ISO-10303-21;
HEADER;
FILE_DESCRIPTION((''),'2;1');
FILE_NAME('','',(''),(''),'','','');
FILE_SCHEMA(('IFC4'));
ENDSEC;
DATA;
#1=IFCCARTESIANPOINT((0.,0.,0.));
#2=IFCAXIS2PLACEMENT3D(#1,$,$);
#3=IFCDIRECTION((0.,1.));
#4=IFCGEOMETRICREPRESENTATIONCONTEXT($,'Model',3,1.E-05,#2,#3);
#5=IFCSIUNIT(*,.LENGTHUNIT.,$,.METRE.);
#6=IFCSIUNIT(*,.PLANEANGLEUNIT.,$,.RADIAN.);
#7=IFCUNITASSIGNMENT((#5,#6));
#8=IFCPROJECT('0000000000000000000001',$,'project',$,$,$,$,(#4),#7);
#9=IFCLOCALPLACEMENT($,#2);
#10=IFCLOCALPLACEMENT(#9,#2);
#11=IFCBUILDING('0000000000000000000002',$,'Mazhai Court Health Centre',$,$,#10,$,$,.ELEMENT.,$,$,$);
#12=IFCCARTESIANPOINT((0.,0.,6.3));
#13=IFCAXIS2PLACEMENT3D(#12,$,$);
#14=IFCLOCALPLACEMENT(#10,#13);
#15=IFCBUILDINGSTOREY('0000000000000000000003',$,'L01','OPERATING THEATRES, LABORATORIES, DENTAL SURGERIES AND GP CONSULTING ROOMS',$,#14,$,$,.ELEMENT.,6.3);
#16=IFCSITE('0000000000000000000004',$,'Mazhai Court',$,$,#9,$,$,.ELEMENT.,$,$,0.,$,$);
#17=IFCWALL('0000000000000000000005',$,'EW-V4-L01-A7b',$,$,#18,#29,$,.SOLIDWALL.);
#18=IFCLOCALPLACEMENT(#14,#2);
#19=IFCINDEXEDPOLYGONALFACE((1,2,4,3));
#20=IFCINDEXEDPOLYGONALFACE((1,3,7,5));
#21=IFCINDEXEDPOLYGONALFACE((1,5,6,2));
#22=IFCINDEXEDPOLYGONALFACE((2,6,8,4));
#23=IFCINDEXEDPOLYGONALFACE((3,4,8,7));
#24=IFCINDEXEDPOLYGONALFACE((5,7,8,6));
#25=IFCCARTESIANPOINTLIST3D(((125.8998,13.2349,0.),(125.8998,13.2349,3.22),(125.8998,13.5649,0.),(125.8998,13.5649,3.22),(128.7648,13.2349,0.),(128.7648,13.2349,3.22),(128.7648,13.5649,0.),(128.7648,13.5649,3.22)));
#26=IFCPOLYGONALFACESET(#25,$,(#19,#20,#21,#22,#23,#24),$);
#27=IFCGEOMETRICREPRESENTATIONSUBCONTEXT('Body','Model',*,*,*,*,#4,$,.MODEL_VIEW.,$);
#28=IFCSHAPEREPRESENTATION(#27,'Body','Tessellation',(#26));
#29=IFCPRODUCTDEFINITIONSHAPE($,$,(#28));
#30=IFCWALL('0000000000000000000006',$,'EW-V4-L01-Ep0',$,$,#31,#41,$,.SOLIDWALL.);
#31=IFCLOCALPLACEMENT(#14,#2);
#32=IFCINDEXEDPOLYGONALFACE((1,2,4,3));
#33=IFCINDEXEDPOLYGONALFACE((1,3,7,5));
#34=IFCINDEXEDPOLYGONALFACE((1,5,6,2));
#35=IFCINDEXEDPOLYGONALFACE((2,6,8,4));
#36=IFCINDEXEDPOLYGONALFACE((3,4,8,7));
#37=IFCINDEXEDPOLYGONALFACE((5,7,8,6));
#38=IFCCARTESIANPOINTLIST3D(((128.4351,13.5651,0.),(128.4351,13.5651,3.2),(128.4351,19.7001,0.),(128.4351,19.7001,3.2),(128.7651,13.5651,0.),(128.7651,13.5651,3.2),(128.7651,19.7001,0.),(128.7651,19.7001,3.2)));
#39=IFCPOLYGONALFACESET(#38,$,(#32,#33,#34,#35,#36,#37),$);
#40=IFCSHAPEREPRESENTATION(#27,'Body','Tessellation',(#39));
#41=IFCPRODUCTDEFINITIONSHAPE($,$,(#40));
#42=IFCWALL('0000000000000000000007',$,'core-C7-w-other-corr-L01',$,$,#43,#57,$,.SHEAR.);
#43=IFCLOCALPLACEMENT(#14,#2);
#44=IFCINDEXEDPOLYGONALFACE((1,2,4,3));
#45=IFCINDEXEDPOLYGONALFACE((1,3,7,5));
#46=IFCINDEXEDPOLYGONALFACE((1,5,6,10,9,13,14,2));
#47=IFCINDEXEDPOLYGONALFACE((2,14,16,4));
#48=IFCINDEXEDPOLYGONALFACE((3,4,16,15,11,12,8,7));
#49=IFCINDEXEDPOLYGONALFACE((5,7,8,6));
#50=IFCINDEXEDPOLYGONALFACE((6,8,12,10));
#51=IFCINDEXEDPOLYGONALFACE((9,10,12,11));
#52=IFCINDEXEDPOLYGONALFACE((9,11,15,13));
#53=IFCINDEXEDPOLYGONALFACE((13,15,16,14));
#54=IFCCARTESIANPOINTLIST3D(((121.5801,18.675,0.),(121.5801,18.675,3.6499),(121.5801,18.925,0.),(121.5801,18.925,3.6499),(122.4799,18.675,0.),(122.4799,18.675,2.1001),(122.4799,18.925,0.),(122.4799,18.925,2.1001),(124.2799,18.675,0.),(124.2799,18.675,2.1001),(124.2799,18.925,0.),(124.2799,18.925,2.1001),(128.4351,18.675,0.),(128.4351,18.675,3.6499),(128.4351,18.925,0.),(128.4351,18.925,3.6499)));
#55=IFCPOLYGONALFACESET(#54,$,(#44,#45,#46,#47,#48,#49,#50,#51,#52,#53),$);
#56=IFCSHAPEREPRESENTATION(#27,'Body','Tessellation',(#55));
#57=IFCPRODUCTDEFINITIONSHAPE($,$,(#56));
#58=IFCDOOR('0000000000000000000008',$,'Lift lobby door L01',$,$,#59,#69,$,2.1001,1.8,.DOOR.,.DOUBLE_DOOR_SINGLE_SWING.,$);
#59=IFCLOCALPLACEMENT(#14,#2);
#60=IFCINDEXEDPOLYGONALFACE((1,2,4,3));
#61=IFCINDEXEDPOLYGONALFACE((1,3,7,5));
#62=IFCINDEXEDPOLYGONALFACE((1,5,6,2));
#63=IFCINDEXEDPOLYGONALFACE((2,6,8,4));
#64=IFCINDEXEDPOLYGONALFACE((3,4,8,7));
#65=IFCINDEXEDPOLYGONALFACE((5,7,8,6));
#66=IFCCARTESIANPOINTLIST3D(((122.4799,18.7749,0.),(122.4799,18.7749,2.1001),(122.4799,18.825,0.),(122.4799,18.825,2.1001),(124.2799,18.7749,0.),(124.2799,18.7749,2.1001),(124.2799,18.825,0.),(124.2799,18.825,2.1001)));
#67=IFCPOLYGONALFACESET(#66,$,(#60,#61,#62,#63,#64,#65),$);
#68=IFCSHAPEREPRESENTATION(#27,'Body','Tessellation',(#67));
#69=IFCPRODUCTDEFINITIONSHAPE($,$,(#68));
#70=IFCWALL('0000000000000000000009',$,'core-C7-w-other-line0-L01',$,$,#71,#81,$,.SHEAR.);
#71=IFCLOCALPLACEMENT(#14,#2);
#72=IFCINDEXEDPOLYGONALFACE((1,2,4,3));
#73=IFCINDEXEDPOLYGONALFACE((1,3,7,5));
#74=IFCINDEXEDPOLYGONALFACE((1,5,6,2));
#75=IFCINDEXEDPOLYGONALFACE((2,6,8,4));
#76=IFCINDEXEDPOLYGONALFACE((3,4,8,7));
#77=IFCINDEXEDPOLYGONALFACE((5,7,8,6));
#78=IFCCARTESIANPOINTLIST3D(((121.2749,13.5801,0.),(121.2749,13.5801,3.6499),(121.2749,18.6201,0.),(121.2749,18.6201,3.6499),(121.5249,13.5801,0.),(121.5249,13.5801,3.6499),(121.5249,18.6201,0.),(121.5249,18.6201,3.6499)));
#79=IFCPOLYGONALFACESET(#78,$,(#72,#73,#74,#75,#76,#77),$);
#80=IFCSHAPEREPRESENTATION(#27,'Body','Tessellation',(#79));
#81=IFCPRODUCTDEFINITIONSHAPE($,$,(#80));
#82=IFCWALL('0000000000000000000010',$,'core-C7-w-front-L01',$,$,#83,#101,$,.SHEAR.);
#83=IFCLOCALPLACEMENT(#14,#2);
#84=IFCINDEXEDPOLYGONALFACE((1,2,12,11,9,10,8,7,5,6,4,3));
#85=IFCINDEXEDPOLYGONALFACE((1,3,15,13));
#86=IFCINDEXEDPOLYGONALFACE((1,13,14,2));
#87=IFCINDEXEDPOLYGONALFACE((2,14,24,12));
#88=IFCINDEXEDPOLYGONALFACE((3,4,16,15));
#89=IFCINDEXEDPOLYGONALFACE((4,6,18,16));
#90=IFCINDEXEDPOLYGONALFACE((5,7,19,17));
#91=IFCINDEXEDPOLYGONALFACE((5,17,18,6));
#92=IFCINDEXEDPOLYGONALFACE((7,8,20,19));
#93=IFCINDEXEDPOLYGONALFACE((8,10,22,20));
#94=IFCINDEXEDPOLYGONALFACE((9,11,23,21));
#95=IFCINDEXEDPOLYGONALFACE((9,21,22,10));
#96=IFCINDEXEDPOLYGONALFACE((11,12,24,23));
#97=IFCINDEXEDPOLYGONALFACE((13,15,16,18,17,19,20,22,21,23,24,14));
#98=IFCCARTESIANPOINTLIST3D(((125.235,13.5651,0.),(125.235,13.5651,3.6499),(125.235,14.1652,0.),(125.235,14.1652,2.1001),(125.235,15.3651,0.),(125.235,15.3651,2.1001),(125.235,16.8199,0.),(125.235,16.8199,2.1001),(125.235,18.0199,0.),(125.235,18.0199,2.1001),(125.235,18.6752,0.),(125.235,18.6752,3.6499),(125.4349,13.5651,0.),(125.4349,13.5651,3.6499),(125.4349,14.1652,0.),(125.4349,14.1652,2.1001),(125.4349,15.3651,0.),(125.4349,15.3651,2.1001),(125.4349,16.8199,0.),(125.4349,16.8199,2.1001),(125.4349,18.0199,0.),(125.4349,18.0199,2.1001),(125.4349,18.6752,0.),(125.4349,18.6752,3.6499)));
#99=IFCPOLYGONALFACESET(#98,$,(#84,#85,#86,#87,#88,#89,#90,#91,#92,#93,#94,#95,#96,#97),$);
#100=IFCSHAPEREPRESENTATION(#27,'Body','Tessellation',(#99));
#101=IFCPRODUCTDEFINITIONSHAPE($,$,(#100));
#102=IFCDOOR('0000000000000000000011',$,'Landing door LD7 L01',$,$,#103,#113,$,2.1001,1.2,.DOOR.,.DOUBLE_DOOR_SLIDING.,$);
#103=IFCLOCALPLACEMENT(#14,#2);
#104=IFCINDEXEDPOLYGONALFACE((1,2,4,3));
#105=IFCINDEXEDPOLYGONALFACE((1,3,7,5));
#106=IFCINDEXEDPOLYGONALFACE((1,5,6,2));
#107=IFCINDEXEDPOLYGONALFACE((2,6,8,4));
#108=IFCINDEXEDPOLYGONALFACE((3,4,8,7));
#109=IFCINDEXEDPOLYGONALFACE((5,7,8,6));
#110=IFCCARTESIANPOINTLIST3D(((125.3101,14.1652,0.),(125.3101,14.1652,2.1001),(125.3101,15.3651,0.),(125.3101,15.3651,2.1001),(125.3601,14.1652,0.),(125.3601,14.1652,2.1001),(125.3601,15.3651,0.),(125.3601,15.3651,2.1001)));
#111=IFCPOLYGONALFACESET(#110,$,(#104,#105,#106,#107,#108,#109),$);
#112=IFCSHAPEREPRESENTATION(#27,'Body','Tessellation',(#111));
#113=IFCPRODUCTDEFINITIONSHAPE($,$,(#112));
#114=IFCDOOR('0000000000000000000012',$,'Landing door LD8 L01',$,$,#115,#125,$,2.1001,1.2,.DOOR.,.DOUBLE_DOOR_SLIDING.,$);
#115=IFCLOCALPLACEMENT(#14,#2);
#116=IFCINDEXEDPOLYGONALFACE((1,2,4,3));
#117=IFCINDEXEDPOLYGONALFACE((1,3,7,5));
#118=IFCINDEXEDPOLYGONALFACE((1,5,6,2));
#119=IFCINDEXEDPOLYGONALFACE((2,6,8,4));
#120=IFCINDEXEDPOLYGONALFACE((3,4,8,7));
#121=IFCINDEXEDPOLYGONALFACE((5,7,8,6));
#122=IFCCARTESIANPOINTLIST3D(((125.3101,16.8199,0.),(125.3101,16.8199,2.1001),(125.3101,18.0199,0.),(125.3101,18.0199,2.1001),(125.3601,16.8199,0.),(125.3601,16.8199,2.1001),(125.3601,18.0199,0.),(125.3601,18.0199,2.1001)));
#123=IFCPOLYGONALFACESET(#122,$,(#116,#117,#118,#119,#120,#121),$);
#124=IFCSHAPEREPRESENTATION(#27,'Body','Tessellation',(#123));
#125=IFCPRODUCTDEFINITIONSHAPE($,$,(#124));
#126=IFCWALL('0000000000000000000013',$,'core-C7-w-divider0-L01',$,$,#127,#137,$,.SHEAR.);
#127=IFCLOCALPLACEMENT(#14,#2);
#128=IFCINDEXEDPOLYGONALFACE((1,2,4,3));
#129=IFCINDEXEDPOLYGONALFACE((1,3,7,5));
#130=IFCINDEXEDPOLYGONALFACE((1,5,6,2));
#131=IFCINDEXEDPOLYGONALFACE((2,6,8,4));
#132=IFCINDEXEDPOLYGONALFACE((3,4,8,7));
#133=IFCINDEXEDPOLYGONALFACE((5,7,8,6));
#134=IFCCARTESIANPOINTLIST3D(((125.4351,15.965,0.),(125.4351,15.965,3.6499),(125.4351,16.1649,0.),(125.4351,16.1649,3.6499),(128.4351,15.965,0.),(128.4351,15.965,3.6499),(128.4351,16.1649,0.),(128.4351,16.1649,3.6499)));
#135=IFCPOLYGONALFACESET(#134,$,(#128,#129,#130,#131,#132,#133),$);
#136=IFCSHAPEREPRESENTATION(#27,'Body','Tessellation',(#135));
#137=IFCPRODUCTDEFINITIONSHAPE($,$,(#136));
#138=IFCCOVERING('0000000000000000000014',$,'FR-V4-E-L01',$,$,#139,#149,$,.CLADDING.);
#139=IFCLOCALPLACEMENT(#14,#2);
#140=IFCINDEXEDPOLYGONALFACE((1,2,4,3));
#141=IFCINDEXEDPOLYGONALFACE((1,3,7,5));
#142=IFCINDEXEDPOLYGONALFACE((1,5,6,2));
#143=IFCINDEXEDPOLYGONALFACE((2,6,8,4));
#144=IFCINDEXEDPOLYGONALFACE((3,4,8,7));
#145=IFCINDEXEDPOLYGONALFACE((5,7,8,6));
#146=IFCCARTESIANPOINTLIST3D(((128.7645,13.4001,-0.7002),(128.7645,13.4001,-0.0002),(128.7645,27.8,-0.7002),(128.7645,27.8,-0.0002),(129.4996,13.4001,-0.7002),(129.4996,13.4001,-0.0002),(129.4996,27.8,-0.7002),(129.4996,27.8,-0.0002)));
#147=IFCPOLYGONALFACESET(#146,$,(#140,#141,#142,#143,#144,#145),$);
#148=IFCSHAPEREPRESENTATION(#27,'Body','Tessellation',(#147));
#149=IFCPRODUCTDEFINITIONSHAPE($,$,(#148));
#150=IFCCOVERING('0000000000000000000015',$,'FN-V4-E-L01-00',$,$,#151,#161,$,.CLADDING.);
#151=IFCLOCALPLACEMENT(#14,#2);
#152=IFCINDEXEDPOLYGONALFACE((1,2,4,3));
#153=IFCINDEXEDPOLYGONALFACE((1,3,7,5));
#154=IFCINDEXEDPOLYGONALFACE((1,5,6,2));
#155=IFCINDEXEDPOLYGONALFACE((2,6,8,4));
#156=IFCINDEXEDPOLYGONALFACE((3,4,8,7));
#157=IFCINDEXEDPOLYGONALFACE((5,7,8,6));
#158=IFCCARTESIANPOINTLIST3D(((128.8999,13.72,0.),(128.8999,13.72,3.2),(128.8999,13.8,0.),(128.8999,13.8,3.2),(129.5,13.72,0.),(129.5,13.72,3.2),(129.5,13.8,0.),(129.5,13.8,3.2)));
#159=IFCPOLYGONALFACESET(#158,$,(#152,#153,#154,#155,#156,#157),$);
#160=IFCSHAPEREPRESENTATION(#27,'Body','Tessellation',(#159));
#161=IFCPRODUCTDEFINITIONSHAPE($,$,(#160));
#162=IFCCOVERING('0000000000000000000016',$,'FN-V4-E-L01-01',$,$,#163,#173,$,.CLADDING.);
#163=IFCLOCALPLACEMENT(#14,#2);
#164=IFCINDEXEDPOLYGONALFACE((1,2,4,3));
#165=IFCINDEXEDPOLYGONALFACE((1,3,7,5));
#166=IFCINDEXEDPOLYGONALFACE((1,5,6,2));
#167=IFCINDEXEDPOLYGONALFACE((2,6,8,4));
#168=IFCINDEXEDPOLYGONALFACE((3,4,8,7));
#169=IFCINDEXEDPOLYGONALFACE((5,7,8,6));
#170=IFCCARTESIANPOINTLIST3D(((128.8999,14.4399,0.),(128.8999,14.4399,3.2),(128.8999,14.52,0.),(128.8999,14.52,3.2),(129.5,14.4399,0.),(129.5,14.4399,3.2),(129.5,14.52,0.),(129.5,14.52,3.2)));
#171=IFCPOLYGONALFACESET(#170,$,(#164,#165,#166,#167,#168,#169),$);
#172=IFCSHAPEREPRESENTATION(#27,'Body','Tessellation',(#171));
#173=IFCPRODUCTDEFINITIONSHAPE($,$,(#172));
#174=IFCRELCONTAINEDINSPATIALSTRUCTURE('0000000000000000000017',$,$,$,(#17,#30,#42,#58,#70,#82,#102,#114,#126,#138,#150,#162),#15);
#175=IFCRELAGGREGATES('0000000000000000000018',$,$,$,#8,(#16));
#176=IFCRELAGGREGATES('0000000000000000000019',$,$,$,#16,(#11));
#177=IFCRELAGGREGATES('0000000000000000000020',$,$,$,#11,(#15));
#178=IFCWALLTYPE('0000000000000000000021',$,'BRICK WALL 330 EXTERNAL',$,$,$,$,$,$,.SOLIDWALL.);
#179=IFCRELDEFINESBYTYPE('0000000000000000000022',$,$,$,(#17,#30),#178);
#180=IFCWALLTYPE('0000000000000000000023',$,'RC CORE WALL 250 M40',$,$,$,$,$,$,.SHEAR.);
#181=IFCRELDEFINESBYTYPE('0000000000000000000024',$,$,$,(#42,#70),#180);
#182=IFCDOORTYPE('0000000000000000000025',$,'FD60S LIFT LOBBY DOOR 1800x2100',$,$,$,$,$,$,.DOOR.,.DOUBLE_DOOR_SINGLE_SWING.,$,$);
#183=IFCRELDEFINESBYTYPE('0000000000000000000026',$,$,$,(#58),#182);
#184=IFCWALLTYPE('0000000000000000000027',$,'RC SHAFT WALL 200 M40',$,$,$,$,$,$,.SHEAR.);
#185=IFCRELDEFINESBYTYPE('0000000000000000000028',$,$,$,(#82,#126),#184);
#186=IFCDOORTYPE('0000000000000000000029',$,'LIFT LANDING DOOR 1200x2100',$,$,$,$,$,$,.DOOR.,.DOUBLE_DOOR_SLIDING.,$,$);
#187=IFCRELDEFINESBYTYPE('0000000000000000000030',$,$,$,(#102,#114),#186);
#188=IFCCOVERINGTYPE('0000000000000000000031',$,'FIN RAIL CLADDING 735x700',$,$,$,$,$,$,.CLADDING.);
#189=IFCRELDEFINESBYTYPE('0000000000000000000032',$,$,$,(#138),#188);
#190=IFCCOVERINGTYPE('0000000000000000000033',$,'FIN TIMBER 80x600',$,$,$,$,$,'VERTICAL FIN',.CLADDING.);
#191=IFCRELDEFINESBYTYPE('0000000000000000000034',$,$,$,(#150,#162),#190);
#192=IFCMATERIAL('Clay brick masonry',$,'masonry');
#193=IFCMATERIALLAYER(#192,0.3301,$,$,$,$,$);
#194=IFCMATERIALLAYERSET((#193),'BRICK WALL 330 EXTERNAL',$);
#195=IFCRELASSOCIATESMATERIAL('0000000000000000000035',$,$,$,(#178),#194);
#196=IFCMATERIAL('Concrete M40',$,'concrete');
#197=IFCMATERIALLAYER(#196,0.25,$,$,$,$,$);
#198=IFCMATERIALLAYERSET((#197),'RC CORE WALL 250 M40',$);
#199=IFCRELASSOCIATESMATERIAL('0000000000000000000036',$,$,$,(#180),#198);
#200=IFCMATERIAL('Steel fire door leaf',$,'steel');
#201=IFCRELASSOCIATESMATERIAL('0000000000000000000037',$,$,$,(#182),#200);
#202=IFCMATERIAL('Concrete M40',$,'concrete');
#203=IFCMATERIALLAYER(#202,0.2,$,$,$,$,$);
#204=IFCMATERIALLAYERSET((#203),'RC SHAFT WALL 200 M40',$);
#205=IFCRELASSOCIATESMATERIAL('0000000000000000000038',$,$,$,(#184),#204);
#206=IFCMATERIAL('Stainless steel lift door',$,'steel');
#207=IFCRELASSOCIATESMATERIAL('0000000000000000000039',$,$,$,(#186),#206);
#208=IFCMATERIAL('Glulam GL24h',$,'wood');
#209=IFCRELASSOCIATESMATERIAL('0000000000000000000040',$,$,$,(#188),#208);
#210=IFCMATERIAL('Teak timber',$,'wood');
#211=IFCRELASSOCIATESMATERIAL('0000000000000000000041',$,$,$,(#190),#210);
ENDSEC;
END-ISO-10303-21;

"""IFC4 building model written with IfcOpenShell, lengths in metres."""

from ifc_helpers import new_model, si_unit, direction, frame, frame_2d, origin, origin_2d, place, context, subcontext, project, spatial, rectangle, extrude, material, layer, layer_set, type_object, element, fill, save


model = new_model("IFC4")

# Units and contexts
model_context = context("Model", 3, precision=1e-05, world=origin(), true_north=direction((0.0, 1.0)))
body_context = subcontext(model_context, "Body", "Model", "MODEL_VIEW")
ifc_project = project(units=[si_unit("LENGTHUNIT", "METRE"), si_unit("PLANEANGLEUNIT", "RADIAN")], contexts=[model_context])

# Site, building, storey
site_placement = place(None, origin())
site = spatial("IfcSite", under=ifc_project, at=site_placement, Name="Mazhai Court", CompositionType="ELEMENT", RefElevation=0.0)
building_placement = place(site_placement, origin())
building = spatial("IfcBuilding", under=site, at=building_placement, Name="Mazhai Court Health Centre", CompositionType="ELEMENT")
storey_placement = place(building_placement, frame((0.0, 0.0, 6.3)))
storey = spatial("IfcBuildingStorey", under=building, at=storey_placement, Name="L01", Description="OPERATING THEATRES, LABORATORIES, DENTAL SURGERIES AND GP CONSULTING ROOMS", CompositionType="ELEMENT", Elevation=6.3)

# Walls
ifc_material_1 = material(Name="Clay brick masonry", Category="masonry")
ifc_layer_1 = layer(ifc_material_1, 0.3301)
ifc_layer_set_1 = layer_set([ifc_layer_1], Name="BRICK WALL 330 EXTERNAL")
wall_type_1 = type_object("IfcWallType", Name="BRICK WALL 330 EXTERNAL", PredefinedType="SOLIDWALL", material=ifc_layer_set_1)
wall_1_placement = place(storey_placement, frame((128.7649, 13.3999, 0.0), z_axis=(0.0, 0.0, 1.0), x_axis=(-1.0, 0.0, 0.0)))
element("IfcWall", 1, at=wall_1_placement, inside=storey, type_object=wall_type_1, Name="EW-V4-L01-A7b", PredefinedType="SOLIDWALL", context=body_context, shape_type="SweptSolid", body=[
    extrude(rectangle(XDim=2.865, YDim=0.3301, at=frame_2d((1.4326, 0.0))), origin(), (0.0, 0.0, 1.0), 3.22),
])
wall_2_placement = place(storey_placement, frame((128.6001, 19.7, 0.0), z_axis=(0.0, 0.0, 1.0), x_axis=(0.0, -1.0, 0.0)))
element("IfcWall", 2, at=wall_2_placement, inside=storey, type_object=wall_type_1, Name="EW-V4-L01-Ep0", PredefinedType="SOLIDWALL", context=body_context, shape_type="SweptSolid", body=[
    extrude(rectangle(XDim=6.135, YDim=0.3301, at=frame_2d((3.0674, 0.0))), origin(), (0.0, 0.0, 1.0), 3.2),
])

# Wall, opening, door
ifc_material_2 = material(Name="Concrete M40", Category="concrete")
ifc_layer_2 = layer(ifc_material_2, 0.25)
ifc_layer_set_2 = layer_set([ifc_layer_2], Name="RC CORE WALL 250 M40")
wall_type_2 = type_object("IfcWallType", Name="RC CORE WALL 250 M40", PredefinedType="SHEAR", material=ifc_layer_set_2)
wall_3_placement = place(storey_placement, frame((121.5801, 18.8, 0.0), z_axis=(0.0, 0.0, 1.0), x_axis=(1.0, 0.0, 0.0)))
wall_3 = element("IfcWall", 3, at=wall_3_placement, inside=storey, type_object=wall_type_2, Name="core-C7-w-other-corr-L01", PredefinedType="SHEAR", context=body_context, shape_type="SweptSolid", body=[
    extrude(rectangle(XDim=6.855, YDim=0.25, at=frame_2d((3.4275, 0.0))), origin(), (0.0, 0.0, 1.0), 3.6499),
])
opening_1_placement = place(wall_3_placement, frame((0.8999, 0.0, 0.0)))
opening_1 = element("IfcOpeningElement", 4, at=opening_1_placement, cuts=wall_3, PredefinedType="OPENING", context=body_context, shape_type="SweptSolid", body=[
    extrude(rectangle(XDim=1.8, YDim=2.1001, at=frame_2d((0.8999, 1.05))), frame((0.0, 0.135, 0.0), z_axis=(0.0, -1.0, 0.0), x_axis=(1.0, 0.0, 0.0)), (0.0, 0.0, 1.0), 0.27),
])
ifc_material_3 = material(Name="Steel fire door leaf", Category="steel")
door_type_1 = type_object("IfcDoorType", Name="FD60S LIFT LOBBY DOOR 1800x2100", OperationType="DOUBLE_DOOR_SINGLE_SWING", PredefinedType="DOOR", material=ifc_material_3)
door_1_placement = place(opening_1_placement, origin())
door_1 = element("IfcDoor", 5, at=door_1_placement, inside=storey, type_object=door_type_1, Name="Lift lobby door L01", OperationType="DOUBLE_DOOR_SINGLE_SWING", OverallHeight=2.1001, OverallWidth=1.8, PredefinedType="DOOR", context=body_context, shape_type="SweptSolid", body=[
    extrude(rectangle(XDim=1.8, YDim=2.1001, at=frame_2d((0.8999, 1.05))), frame((0.0, 0.0249, 0.0), z_axis=(0.0, -1.0, 0.0), x_axis=(1.0, 0.0, 0.0)), (0.0, 0.0, 1.0), 0.05),
])
fill(opening_1, door_1)

# Wall
wall_4_placement = place(storey_placement, frame((121.3999, 13.5801, 0.0), z_axis=(0.0, 0.0, 1.0), x_axis=(0.0, 1.0, 0.0)))
element("IfcWall", 6, at=wall_4_placement, inside=storey, type_object=wall_type_2, Name="core-C7-w-other-line0-L01", PredefinedType="SHEAR", context=body_context, shape_type="SweptSolid", body=[
    extrude(rectangle(XDim=5.04, YDim=0.25, at=frame_2d((2.52, 0.0))), origin(), (0.0, 0.0, 1.0), 3.6499),
])

# Wall, openings, doors
ifc_material_4 = material(Name="Concrete M40", Category="concrete")
ifc_layer_3 = layer(ifc_material_4, 0.2)
ifc_layer_set_3 = layer_set([ifc_layer_3], Name="RC SHAFT WALL 200 M40")
wall_type_3 = type_object("IfcWallType", Name="RC SHAFT WALL 200 M40", PredefinedType="SHEAR", material=ifc_layer_set_3)
wall_5_placement = place(storey_placement, frame((125.335, 13.5649, 0.0), z_axis=(0.0, 0.0, 1.0), x_axis=(0.0, 1.0, 0.0)))
wall_5 = element("IfcWall", 7, at=wall_5_placement, inside=storey, type_object=wall_type_3, Name="core-C7-w-front-L01", PredefinedType="SHEAR", context=body_context, shape_type="SweptSolid", body=[
    extrude(rectangle(XDim=5.1101, YDim=0.2, at=frame_2d((2.5552, 0.0))), origin(), (0.0, 0.0, 1.0), 3.6499),
])
opening_2_placement = place(wall_5_placement, frame((0.6001, 0.0, 0.0)))
opening_2 = element("IfcOpeningElement", 8, at=opening_2_placement, cuts=wall_5, PredefinedType="OPENING", context=body_context, shape_type="SweptSolid", body=[
    extrude(rectangle(XDim=1.2, YDim=2.1001, at=frame_2d((0.6001, 1.05))), frame((0.0, 0.1099, 0.0), z_axis=(0.0, -1.0, 0.0), x_axis=(1.0, 0.0, 0.0)), (0.0, 0.0, 1.0), 0.22),
])
opening_3_placement = place(wall_5_placement, frame((3.2549, 0.0, 0.0)))
opening_3 = element("IfcOpeningElement", 9, at=opening_3_placement, cuts=wall_5, PredefinedType="OPENING", context=body_context, shape_type="SweptSolid", body=[
    extrude(rectangle(XDim=1.2, YDim=2.1001, at=frame_2d((0.6001, 1.05))), frame((0.0, 0.1099, 0.0), z_axis=(0.0, -1.0, 0.0), x_axis=(1.0, 0.0, 0.0)), (0.0, 0.0, 1.0), 0.22),
])
ifc_material_5 = material(Name="Stainless steel lift door", Category="steel")
door_type_2 = type_object("IfcDoorType", Name="LIFT LANDING DOOR 1200x2100", OperationType="DOUBLE_DOOR_SLIDING", PredefinedType="DOOR", material=ifc_material_5)
door_2_placement = place(opening_2_placement, origin())
door_2 = element("IfcDoor", 10, at=door_2_placement, inside=storey, type_object=door_type_2, Name="Landing door LD7 L01", OperationType="DOUBLE_DOOR_SLIDING", OverallHeight=2.1001, OverallWidth=1.2, PredefinedType="DOOR", context=body_context, shape_type="SweptSolid", body=[
    extrude(rectangle(XDim=1.2, YDim=2.1001, at=frame_2d((0.6001, 1.05))), frame((0.0, 0.0249, 0.0), z_axis=(0.0, -1.0, 0.0), x_axis=(1.0, 0.0, 0.0)), (0.0, 0.0, 1.0), 0.05),
])
fill(opening_2, door_2)
door_3_placement = place(opening_3_placement, origin())
door_3 = element("IfcDoor", 11, at=door_3_placement, inside=storey, type_object=door_type_2, Name="Landing door LD8 L01", OperationType="DOUBLE_DOOR_SLIDING", OverallHeight=2.1001, OverallWidth=1.2, PredefinedType="DOOR", context=body_context, shape_type="SweptSolid", body=[
    extrude(rectangle(XDim=1.2, YDim=2.1001, at=frame_2d((0.6001, 1.05))), frame((0.0, 0.0249, 0.0), z_axis=(0.0, -1.0, 0.0), x_axis=(1.0, 0.0, 0.0)), (0.0, 0.0, 1.0), 0.05),
])
fill(opening_3, door_3)

# Wall
wall_6_placement = place(storey_placement, frame((128.4351, 16.0649, 0.0), z_axis=(0.0, 0.0, 1.0), x_axis=(-1.0, 0.0, 0.0)))
element("IfcWall", 12, at=wall_6_placement, inside=storey, type_object=wall_type_3, Name="core-C7-w-divider0-L01", PredefinedType="SHEAR", context=body_context, shape_type="SweptSolid", body=[
    extrude(rectangle(XDim=3.0, YDim=0.2, at=frame_2d((1.5, 0.0))), origin(), (0.0, 0.0, 1.0), 3.6499),
])

# Coverings
ifc_material_6 = material(Name="Glulam GL24h", Category="wood")
covering_type_1 = type_object("IfcCoveringType", Name="FIN RAIL CLADDING 735x700", PredefinedType="CLADDING", material=ifc_material_6)
covering_placement = place(storey_placement, frame((129.1321, 20.6001, -0.7002), z_axis=(0.0, 0.0, 1.0), x_axis=(1.0, 0.0, 0.0)))
element("IfcCovering", 13, at=covering_placement, inside=storey, type_object=covering_type_1, Name="FR-V4-E-L01", PredefinedType="CLADDING", context=body_context, shape_type="SweptSolid", body=[
    extrude(rectangle(XDim=0.7351, YDim=14.3999, at=origin_2d()), origin(), (0.0, 0.0, 1.0), 0.7),
])
ifc_material_7 = material(Name="Teak timber", Category="wood")
covering_type_2 = type_object("IfcCoveringType", Name="FIN TIMBER 80x600", ElementType="VERTICAL FIN", PredefinedType="CLADDING", material=ifc_material_7)
for number, where, z_axis, x_axis, name in (
    (14, (129.2, 13.76, 0.0), (0.0, 0.0, 1.0), (0.0, 1.0, 0.0), "FN-V4-E-L01-00"),
    (15, (129.2, 14.48, 0.0), (0.0, 0.0, 1.0), (0.0, 1.0, 0.0), "FN-V4-E-L01-01"),
):
    element("IfcCovering", number, at=place(storey_placement, frame(where, z_axis=z_axis, x_axis=x_axis)), inside=storey, type_object=covering_type_2, Name=name, PredefinedType="CLADDING", context=body_context, shape_type="SweptSolid", body=[
        extrude(rectangle(XDim=0.0801, YDim=0.6001, at=origin_2d()), origin(), (0.0, 0.0, 1.0), 3.2),
    ])

save(model, "model.ifc")
